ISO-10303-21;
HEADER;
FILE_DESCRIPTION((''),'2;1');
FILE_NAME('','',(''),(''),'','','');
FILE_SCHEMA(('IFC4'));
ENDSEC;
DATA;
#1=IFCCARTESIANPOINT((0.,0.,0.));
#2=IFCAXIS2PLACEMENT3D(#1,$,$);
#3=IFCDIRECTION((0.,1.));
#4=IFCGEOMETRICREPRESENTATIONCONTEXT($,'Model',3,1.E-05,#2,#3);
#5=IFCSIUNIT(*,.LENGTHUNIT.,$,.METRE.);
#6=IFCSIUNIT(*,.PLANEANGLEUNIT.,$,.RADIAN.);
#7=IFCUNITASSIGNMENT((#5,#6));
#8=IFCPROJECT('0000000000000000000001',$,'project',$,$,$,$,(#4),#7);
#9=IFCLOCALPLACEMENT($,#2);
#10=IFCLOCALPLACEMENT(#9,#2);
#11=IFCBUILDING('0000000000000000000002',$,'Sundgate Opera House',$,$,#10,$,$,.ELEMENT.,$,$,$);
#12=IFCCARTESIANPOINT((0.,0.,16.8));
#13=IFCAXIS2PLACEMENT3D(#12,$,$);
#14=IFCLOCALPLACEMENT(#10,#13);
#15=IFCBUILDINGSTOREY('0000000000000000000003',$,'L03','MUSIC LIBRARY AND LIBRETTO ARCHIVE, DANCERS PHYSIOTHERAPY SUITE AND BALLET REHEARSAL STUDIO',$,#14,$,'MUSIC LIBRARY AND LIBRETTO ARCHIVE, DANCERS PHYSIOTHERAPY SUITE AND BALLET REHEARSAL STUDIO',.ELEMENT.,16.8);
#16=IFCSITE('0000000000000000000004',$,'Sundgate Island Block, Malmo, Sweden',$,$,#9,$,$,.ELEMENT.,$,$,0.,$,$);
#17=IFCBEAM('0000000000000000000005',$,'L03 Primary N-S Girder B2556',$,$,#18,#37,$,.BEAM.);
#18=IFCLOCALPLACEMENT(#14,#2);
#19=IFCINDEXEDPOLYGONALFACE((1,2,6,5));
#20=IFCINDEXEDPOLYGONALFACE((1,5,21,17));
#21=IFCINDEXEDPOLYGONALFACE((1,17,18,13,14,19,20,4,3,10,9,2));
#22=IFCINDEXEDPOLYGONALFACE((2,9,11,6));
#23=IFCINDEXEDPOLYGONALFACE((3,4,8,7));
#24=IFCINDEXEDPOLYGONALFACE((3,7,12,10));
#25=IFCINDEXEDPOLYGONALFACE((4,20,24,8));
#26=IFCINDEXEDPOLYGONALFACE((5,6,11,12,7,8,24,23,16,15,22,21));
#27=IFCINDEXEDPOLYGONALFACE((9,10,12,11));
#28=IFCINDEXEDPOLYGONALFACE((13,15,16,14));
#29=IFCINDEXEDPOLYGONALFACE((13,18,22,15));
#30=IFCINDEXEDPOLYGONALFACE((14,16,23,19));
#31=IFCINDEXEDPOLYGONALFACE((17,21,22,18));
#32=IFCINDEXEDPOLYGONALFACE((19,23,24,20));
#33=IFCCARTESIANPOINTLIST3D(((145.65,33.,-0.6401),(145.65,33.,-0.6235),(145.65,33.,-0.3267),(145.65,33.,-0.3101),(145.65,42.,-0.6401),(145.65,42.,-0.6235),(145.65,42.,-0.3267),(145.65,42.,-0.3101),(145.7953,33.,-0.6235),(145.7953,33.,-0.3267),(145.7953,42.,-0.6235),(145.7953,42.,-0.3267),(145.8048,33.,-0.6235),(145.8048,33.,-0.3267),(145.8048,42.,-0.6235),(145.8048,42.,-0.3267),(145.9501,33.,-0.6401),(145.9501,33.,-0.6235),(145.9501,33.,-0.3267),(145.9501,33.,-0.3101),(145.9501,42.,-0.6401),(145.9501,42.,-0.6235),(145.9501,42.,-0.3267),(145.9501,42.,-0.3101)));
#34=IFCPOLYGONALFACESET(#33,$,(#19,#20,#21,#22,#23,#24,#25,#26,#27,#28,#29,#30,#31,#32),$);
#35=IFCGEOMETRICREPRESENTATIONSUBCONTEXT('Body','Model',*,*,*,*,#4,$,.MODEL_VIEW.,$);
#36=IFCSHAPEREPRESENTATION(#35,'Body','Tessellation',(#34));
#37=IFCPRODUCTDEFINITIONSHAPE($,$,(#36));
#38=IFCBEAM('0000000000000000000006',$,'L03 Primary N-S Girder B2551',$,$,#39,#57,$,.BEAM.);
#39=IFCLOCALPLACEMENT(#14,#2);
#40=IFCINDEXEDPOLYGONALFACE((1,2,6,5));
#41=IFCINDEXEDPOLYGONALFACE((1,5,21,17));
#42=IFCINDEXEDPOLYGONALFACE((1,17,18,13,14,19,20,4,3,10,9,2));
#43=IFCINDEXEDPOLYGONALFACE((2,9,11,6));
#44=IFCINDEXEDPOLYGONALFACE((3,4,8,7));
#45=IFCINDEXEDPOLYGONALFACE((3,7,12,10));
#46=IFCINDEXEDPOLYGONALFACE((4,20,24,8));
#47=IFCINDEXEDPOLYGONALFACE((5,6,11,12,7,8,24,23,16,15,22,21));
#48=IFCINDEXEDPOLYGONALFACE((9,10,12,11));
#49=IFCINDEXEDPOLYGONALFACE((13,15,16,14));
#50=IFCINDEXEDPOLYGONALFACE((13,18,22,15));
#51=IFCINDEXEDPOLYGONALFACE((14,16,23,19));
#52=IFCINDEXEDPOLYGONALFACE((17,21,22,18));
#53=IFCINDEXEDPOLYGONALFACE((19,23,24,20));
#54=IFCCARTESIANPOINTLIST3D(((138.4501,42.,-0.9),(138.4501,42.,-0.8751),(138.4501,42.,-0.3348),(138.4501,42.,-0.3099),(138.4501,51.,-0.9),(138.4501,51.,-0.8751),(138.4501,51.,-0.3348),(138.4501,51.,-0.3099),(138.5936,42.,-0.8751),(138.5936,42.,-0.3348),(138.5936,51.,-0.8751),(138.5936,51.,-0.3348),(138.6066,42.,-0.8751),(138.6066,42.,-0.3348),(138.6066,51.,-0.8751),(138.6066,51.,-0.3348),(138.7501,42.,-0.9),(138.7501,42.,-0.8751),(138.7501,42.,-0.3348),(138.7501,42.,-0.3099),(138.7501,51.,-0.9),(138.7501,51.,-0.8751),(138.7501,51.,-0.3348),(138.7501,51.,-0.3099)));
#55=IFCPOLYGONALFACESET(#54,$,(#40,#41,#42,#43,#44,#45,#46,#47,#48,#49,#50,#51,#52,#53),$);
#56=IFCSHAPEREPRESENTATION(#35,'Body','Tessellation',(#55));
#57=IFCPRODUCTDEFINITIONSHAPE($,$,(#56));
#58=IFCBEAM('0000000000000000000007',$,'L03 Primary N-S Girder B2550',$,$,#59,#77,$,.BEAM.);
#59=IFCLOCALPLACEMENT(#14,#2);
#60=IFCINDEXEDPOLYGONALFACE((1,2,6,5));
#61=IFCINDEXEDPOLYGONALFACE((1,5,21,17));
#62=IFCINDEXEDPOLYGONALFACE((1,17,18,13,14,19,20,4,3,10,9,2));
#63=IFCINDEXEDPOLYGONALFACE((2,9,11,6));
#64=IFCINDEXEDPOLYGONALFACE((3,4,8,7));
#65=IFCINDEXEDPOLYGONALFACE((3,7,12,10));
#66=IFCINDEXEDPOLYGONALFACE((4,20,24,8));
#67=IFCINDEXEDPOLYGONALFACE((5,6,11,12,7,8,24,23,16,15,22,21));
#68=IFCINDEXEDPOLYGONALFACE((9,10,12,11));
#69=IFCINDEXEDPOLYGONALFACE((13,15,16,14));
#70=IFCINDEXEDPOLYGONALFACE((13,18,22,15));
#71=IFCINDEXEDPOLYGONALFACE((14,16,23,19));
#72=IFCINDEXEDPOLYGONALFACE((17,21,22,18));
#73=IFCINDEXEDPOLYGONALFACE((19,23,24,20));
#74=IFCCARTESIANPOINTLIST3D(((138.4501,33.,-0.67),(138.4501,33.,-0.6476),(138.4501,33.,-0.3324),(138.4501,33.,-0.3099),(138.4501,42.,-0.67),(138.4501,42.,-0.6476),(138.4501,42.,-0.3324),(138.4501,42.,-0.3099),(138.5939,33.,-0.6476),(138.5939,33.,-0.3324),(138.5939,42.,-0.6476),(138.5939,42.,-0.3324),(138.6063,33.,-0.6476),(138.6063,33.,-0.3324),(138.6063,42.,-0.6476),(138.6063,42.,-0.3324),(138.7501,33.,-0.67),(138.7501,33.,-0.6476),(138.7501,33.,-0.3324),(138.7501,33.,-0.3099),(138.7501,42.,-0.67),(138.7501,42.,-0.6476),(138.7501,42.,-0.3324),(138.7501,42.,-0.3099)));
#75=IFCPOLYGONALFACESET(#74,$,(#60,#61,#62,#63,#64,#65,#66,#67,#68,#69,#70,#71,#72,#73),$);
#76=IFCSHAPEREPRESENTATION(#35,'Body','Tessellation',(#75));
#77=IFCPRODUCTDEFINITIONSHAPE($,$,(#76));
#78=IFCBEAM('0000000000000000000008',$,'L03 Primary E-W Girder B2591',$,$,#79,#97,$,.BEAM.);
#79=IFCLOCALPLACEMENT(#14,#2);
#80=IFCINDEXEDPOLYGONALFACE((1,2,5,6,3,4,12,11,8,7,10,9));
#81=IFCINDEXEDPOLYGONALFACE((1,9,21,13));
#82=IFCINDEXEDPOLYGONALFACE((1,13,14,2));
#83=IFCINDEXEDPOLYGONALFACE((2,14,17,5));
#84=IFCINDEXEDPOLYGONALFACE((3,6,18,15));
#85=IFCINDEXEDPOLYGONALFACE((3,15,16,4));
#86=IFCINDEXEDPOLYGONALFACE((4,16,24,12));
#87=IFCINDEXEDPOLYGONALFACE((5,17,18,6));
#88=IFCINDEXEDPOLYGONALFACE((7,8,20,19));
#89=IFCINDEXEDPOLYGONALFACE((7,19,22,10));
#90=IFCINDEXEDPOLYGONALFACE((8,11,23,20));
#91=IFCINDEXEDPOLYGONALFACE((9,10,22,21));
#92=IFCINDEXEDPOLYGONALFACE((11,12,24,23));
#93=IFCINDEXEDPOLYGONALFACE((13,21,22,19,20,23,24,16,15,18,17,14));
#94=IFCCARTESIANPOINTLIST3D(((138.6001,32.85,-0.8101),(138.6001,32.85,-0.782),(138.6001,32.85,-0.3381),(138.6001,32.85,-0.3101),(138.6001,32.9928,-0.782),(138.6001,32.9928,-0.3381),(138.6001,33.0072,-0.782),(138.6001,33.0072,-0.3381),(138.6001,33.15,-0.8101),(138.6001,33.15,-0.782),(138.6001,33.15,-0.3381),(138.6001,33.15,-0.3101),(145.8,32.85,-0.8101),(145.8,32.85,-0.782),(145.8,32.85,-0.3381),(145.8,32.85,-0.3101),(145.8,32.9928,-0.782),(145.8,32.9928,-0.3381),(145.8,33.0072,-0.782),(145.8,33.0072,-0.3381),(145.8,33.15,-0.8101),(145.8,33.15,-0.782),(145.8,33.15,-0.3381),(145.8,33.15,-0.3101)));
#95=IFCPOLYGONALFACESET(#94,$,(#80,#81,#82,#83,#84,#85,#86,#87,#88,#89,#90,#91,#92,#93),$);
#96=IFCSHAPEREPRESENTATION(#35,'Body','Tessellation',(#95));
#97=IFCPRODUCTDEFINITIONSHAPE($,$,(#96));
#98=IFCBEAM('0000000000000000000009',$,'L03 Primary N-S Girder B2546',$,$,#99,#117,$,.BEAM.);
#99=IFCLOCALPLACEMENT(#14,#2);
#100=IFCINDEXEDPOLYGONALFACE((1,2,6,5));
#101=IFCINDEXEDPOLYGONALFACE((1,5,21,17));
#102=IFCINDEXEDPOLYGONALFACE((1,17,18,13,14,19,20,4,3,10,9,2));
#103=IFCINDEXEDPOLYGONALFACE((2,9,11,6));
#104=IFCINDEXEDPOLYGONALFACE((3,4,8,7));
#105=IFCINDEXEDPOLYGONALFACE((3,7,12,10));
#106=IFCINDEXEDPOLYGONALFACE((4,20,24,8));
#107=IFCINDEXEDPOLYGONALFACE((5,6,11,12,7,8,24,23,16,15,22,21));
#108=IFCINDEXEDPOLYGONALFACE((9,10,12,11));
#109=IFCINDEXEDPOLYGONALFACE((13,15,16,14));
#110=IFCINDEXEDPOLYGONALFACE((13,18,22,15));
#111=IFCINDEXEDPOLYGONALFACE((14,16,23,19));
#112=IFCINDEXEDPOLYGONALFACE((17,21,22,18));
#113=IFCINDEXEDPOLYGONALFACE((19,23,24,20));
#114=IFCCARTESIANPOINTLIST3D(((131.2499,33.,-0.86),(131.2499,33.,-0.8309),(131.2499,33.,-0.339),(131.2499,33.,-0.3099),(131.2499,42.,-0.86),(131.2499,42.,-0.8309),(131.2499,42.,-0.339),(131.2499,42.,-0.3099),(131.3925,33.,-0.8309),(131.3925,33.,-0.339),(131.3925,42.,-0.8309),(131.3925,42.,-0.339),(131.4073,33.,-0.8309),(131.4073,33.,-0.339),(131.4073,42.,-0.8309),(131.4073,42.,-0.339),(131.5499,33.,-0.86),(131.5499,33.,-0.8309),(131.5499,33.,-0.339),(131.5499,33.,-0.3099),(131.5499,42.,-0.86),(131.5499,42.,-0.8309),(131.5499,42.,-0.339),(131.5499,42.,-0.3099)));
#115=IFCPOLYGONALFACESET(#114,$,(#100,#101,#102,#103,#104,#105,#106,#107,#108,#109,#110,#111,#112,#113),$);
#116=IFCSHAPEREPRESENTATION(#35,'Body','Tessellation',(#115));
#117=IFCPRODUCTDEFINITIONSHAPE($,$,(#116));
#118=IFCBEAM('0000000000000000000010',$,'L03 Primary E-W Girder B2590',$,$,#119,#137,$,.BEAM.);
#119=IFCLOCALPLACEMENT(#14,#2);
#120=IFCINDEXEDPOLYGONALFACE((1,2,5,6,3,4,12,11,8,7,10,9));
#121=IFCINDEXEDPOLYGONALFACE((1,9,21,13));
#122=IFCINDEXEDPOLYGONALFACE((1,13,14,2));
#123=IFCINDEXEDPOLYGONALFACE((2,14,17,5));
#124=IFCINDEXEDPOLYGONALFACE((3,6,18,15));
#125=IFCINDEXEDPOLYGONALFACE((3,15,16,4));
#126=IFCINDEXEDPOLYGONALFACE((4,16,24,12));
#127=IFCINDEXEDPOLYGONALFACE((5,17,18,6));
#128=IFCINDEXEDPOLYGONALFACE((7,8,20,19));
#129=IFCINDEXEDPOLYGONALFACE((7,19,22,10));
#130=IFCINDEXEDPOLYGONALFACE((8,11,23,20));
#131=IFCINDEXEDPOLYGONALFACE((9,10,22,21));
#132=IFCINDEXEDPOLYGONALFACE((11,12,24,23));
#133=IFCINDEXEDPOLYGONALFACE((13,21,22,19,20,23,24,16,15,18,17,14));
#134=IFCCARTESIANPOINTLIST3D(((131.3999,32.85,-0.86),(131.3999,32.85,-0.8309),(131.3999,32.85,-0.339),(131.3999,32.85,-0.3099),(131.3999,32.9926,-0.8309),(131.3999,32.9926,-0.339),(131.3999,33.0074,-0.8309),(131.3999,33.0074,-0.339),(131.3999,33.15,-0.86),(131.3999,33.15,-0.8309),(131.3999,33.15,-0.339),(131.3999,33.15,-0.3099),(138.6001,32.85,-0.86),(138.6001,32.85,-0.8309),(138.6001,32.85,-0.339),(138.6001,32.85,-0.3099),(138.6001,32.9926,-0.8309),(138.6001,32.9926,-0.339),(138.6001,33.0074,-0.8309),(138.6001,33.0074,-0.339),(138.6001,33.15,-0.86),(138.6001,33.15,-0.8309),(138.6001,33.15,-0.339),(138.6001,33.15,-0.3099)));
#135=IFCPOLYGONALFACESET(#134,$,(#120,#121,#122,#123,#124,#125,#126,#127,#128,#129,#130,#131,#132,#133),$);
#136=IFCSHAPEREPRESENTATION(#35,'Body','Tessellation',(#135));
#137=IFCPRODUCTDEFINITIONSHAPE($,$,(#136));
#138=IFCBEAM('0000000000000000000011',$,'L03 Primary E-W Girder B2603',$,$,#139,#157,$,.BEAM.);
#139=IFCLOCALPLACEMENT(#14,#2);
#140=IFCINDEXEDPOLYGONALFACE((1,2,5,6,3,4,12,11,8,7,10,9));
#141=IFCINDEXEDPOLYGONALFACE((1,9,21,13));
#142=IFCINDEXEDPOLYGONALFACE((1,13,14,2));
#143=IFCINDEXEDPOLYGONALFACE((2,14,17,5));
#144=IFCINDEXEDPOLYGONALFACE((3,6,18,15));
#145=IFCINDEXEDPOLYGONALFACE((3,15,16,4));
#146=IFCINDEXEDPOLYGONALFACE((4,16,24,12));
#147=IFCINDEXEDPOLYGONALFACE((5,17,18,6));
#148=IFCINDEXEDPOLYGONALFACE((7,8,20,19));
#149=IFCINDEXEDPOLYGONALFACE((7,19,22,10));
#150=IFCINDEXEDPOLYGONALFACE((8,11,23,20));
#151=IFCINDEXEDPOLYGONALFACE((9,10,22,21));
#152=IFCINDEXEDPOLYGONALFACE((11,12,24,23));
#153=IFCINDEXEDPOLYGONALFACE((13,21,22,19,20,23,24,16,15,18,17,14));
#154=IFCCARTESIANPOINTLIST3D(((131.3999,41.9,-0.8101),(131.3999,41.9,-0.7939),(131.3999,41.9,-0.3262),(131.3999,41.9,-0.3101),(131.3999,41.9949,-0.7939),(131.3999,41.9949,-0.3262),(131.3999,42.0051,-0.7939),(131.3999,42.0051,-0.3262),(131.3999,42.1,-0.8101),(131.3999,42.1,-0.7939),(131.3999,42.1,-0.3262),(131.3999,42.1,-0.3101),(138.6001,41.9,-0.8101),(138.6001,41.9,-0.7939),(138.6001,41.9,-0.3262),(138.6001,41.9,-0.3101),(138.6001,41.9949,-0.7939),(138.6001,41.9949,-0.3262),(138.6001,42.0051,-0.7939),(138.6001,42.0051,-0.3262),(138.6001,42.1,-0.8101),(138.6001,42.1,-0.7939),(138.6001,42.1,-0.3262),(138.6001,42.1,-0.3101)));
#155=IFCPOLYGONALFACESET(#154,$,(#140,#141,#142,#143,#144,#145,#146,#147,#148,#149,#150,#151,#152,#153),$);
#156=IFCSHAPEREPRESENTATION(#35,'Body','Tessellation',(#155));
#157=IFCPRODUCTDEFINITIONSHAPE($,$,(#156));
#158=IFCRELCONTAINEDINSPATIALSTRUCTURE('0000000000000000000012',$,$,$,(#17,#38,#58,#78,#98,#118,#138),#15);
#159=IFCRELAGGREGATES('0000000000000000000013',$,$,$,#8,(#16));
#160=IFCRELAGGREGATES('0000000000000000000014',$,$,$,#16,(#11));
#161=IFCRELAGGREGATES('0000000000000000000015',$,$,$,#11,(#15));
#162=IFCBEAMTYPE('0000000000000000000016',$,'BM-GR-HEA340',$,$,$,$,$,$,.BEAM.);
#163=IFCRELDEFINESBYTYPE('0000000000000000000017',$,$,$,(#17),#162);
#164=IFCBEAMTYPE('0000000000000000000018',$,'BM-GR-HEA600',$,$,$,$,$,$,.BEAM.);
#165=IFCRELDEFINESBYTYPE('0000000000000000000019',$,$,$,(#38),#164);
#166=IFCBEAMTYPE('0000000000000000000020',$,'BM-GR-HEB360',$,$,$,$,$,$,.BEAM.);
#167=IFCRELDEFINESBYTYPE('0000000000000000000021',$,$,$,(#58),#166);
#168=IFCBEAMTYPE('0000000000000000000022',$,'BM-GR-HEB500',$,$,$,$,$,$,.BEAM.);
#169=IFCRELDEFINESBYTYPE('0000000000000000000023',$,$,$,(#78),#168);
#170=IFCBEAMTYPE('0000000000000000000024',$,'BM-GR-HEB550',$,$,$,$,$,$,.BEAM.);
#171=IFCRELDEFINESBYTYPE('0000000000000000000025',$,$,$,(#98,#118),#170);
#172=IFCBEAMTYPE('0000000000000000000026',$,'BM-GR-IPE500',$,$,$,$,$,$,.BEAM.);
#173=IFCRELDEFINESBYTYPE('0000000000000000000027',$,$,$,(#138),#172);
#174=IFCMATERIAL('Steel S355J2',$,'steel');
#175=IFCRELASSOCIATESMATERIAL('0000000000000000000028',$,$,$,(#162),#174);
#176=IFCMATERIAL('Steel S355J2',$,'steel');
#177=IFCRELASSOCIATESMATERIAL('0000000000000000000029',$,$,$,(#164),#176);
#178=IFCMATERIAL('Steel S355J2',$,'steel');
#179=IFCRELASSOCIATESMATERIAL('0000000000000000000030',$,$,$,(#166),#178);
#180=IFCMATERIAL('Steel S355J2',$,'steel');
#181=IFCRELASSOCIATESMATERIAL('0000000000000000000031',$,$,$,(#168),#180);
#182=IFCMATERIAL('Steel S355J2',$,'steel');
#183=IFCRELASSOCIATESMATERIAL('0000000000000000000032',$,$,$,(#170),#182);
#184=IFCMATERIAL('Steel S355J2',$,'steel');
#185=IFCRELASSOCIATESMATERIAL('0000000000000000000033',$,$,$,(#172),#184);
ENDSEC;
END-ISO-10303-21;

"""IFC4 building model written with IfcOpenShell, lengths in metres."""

from ifc_helpers import new_model, si_unit, direction, frame, origin, origin_2d, place, context, subcontext, project, spatial, i_section, extrude, material, material_profile, profile_set, type_object, element, save


model = new_model("IFC4")

# Units and contexts
model_context = context("Model", 3, precision=1e-05, world=origin(), true_north=direction((0.0, 1.0)))
body_context = subcontext(model_context, "Body", "Model", "MODEL_VIEW")
ifc_project = project(units=[si_unit("LENGTHUNIT", "METRE"), si_unit("PLANEANGLEUNIT", "RADIAN")], contexts=[model_context])

# Site, building, storey
site_placement = place(None, origin())
site = spatial("IfcSite", under=ifc_project, at=site_placement, Name="Sundgate Island Block, Malmo, Sweden", CompositionType="ELEMENT", RefElevation=0.0)
building_placement = place(site_placement, origin())
building = spatial("IfcBuilding", under=site, at=building_placement, Name="Sundgate Opera House", CompositionType="ELEMENT")
storey_placement = place(building_placement, frame((0.0, 0.0, 16.8)))
storey = spatial("IfcBuildingStorey", under=building, at=storey_placement, Name="L03", Description="MUSIC LIBRARY AND LIBRETTO ARCHIVE, DANCERS PHYSIOTHERAPY SUITE AND BALLET REHEARSAL STUDIO", LongName="MUSIC LIBRARY AND LIBRETTO ARCHIVE, DANCERS PHYSIOTHERAPY SUITE AND BALLET REHEARSAL STUDIO", CompositionType="ELEMENT", Elevation=16.8)

# Beams
ifc_material_1 = material(Name="Steel S355J2", Category="steel")
ifc_material_profile_1 = material_profile(ifc_material_1, i_section(OverallWidth=0.3, OverallDepth=0.3301, WebThickness=0.0095, FlangeThickness=0.0166, at=origin_2d()), Name="HEA 340")
ifc_profile_set_1 = profile_set([ifc_material_profile_1], Name="Steel S355J2")
beam_type_1 = type_object("IfcBeamType", Name="BM-GR-HEA340", PredefinedType="BEAM", material=ifc_profile_set_1)
beam_1_placement = place(storey_placement, frame((145.8, 33.0, -0.4751), z_axis=(0.0, 1.0, 0.0), x_axis=(-1.0, 0.0, 0.0)))
element("IfcBeam", 1, at=beam_1_placement, inside=storey, type_object=beam_type_1, Name="L03 Primary N-S Girder B2556", PredefinedType="BEAM", context=body_context, shape_type="SweptSolid", body=[
    extrude(i_section(OverallWidth=0.3, OverallDepth=0.3301, WebThickness=0.0095, FlangeThickness=0.0166, at=origin_2d()), origin(), (0.0, 0.0, 1.0), 9.0),
])
ifc_material_2 = material(Name="Steel S355J2", Category="steel")
ifc_material_profile_2 = material_profile(ifc_material_2, i_section(OverallWidth=0.3, OverallDepth=0.5901, WebThickness=0.0129, FlangeThickness=0.0249, at=origin_2d()), Name="HEA 600")
ifc_profile_set_2 = profile_set([ifc_material_profile_2], Name="Steel S355J2")
beam_type_2 = type_object("IfcBeamType", Name="BM-GR-HEA600", PredefinedType="BEAM", material=ifc_profile_set_2)
beam_2_placement = place(storey_placement, frame((138.6001, 42.0, -0.605), z_axis=(0.0, 1.0, 0.0), x_axis=(-1.0, 0.0, 0.0)))
element("IfcBeam", 2, at=beam_2_placement, inside=storey, type_object=beam_type_2, Name="L03 Primary N-S Girder B2551", PredefinedType="BEAM", context=body_context, shape_type="SweptSolid", body=[
    extrude(i_section(OverallWidth=0.3, OverallDepth=0.5901, WebThickness=0.0129, FlangeThickness=0.0249, at=origin_2d()), origin(), (0.0, 0.0, 1.0), 9.0),
])
ifc_material_3 = material(Name="Steel S355J2", Category="steel")
ifc_material_profile_3 = material_profile(ifc_material_3, i_section(OverallWidth=0.3, OverallDepth=0.3601, WebThickness=0.0125, FlangeThickness=0.0225, at=origin_2d()), Name="HEB 360")
ifc_profile_set_3 = profile_set([ifc_material_profile_3], Name="Steel S355J2")
beam_type_3 = type_object("IfcBeamType", Name="BM-GR-HEB360", PredefinedType="BEAM", material=ifc_profile_set_3)
beam_3_placement = place(storey_placement, frame((138.6001, 33.0, -0.49), z_axis=(0.0, 1.0, 0.0), x_axis=(-1.0, 0.0, 0.0)))
element("IfcBeam", 3, at=beam_3_placement, inside=storey, type_object=beam_type_3, Name="L03 Primary N-S Girder B2550", PredefinedType="BEAM", context=body_context, shape_type="SweptSolid", body=[
    extrude(i_section(OverallWidth=0.3, OverallDepth=0.3601, WebThickness=0.0125, FlangeThickness=0.0225, at=origin_2d()), origin(), (0.0, 0.0, 1.0), 9.0),
])
ifc_material_4 = material(Name="Steel S355J2", Category="steel")
ifc_material_profile_4 = material_profile(ifc_material_4, i_section(OverallWidth=0.3, OverallDepth=0.5, WebThickness=0.0144, FlangeThickness=0.0281, at=origin_2d()), Name="HEB 500")
ifc_profile_set_4 = profile_set([ifc_material_profile_4], Name="Steel S355J2")
beam_type_4 = type_object("IfcBeamType", Name="BM-GR-HEB500", PredefinedType="BEAM", material=ifc_profile_set_4)
beam_4_placement = place(storey_placement, frame((138.6001, 33.0, -0.5601), z_axis=(1.0, 0.0, 0.0), x_axis=(0.0, 1.0, 0.0)))
element("IfcBeam", 4, at=beam_4_placement, inside=storey, type_object=beam_type_4, Name="L03 Primary E-W Girder B2591", PredefinedType="BEAM", context=body_context, shape_type="SweptSolid", body=[
    extrude(i_section(OverallWidth=0.3, OverallDepth=0.5, WebThickness=0.0144, FlangeThickness=0.0281, at=origin_2d()), origin(), (0.0, 0.0, 1.0), 7.2),
])
ifc_material_5 = material(Name="Steel S355J2", Category="steel")
ifc_material_profile_5 = material_profile(ifc_material_5, i_section(OverallWidth=0.3, OverallDepth=0.55, WebThickness=0.0149, FlangeThickness=0.0291, at=origin_2d()), Name="HEB 550")
ifc_profile_set_5 = profile_set([ifc_material_profile_5], Name="Steel S355J2")
beam_type_5 = type_object("IfcBeamType", Name="BM-GR-HEB550", PredefinedType="BEAM", material=ifc_profile_set_5)
beam_5_placement = place(storey_placement, frame((131.3999, 33.0, -0.585), z_axis=(0.0, 1.0, 0.0), x_axis=(-1.0, 0.0, 0.0)))
element("IfcBeam", 5, at=beam_5_placement, inside=storey, type_object=beam_type_5, Name="L03 Primary N-S Girder B2546", PredefinedType="BEAM", context=body_context, shape_type="SweptSolid", body=[
    extrude(i_section(OverallWidth=0.3, OverallDepth=0.55, WebThickness=0.0149, FlangeThickness=0.0291, at=origin_2d()), origin(), (0.0, 0.0, 1.0), 9.0),
])
beam_6_placement = place(storey_placement, frame((131.3999, 33.0, -0.585), z_axis=(1.0, 0.0, 0.0), x_axis=(0.0, 1.0, 0.0)))
element("IfcBeam", 6, at=beam_6_placement, inside=storey, type_object=beam_type_5, Name="L03 Primary E-W Girder B2590", PredefinedType="BEAM", context=body_context, shape_type="SweptSolid", body=[
    extrude(i_section(OverallWidth=0.3, OverallDepth=0.55, WebThickness=0.0149, FlangeThickness=0.0291, at=origin_2d()), origin(), (0.0, 0.0, 1.0), 7.2002),
])
ifc_material_6 = material(Name="Steel S355J2", Category="steel")
ifc_material_profile_6 = material_profile(ifc_material_6, i_section(OverallWidth=0.2, OverallDepth=0.5, WebThickness=0.0103, FlangeThickness=0.0161, at=origin_2d()), Name="IPE 500")
ifc_profile_set_6 = profile_set([ifc_material_profile_6], Name="Steel S355J2")
beam_type_6 = type_object("IfcBeamType", Name="BM-GR-IPE500", PredefinedType="BEAM", material=ifc_profile_set_6)
beam_7_placement = place(storey_placement, frame((131.3999, 42.0, -0.5601), z_axis=(1.0, 0.0, 0.0), x_axis=(0.0, 1.0, 0.0)))
element("IfcBeam", 7, at=beam_7_placement, inside=storey, type_object=beam_type_6, Name="L03 Primary E-W Girder B2603", PredefinedType="BEAM", context=body_context, shape_type="SweptSolid", body=[
    extrude(i_section(OverallWidth=0.2, OverallDepth=0.5, WebThickness=0.0103, FlangeThickness=0.0161, at=origin_2d()), origin(), (0.0, 0.0, 1.0), 7.2002),
])

save(model, "model.ifc")
